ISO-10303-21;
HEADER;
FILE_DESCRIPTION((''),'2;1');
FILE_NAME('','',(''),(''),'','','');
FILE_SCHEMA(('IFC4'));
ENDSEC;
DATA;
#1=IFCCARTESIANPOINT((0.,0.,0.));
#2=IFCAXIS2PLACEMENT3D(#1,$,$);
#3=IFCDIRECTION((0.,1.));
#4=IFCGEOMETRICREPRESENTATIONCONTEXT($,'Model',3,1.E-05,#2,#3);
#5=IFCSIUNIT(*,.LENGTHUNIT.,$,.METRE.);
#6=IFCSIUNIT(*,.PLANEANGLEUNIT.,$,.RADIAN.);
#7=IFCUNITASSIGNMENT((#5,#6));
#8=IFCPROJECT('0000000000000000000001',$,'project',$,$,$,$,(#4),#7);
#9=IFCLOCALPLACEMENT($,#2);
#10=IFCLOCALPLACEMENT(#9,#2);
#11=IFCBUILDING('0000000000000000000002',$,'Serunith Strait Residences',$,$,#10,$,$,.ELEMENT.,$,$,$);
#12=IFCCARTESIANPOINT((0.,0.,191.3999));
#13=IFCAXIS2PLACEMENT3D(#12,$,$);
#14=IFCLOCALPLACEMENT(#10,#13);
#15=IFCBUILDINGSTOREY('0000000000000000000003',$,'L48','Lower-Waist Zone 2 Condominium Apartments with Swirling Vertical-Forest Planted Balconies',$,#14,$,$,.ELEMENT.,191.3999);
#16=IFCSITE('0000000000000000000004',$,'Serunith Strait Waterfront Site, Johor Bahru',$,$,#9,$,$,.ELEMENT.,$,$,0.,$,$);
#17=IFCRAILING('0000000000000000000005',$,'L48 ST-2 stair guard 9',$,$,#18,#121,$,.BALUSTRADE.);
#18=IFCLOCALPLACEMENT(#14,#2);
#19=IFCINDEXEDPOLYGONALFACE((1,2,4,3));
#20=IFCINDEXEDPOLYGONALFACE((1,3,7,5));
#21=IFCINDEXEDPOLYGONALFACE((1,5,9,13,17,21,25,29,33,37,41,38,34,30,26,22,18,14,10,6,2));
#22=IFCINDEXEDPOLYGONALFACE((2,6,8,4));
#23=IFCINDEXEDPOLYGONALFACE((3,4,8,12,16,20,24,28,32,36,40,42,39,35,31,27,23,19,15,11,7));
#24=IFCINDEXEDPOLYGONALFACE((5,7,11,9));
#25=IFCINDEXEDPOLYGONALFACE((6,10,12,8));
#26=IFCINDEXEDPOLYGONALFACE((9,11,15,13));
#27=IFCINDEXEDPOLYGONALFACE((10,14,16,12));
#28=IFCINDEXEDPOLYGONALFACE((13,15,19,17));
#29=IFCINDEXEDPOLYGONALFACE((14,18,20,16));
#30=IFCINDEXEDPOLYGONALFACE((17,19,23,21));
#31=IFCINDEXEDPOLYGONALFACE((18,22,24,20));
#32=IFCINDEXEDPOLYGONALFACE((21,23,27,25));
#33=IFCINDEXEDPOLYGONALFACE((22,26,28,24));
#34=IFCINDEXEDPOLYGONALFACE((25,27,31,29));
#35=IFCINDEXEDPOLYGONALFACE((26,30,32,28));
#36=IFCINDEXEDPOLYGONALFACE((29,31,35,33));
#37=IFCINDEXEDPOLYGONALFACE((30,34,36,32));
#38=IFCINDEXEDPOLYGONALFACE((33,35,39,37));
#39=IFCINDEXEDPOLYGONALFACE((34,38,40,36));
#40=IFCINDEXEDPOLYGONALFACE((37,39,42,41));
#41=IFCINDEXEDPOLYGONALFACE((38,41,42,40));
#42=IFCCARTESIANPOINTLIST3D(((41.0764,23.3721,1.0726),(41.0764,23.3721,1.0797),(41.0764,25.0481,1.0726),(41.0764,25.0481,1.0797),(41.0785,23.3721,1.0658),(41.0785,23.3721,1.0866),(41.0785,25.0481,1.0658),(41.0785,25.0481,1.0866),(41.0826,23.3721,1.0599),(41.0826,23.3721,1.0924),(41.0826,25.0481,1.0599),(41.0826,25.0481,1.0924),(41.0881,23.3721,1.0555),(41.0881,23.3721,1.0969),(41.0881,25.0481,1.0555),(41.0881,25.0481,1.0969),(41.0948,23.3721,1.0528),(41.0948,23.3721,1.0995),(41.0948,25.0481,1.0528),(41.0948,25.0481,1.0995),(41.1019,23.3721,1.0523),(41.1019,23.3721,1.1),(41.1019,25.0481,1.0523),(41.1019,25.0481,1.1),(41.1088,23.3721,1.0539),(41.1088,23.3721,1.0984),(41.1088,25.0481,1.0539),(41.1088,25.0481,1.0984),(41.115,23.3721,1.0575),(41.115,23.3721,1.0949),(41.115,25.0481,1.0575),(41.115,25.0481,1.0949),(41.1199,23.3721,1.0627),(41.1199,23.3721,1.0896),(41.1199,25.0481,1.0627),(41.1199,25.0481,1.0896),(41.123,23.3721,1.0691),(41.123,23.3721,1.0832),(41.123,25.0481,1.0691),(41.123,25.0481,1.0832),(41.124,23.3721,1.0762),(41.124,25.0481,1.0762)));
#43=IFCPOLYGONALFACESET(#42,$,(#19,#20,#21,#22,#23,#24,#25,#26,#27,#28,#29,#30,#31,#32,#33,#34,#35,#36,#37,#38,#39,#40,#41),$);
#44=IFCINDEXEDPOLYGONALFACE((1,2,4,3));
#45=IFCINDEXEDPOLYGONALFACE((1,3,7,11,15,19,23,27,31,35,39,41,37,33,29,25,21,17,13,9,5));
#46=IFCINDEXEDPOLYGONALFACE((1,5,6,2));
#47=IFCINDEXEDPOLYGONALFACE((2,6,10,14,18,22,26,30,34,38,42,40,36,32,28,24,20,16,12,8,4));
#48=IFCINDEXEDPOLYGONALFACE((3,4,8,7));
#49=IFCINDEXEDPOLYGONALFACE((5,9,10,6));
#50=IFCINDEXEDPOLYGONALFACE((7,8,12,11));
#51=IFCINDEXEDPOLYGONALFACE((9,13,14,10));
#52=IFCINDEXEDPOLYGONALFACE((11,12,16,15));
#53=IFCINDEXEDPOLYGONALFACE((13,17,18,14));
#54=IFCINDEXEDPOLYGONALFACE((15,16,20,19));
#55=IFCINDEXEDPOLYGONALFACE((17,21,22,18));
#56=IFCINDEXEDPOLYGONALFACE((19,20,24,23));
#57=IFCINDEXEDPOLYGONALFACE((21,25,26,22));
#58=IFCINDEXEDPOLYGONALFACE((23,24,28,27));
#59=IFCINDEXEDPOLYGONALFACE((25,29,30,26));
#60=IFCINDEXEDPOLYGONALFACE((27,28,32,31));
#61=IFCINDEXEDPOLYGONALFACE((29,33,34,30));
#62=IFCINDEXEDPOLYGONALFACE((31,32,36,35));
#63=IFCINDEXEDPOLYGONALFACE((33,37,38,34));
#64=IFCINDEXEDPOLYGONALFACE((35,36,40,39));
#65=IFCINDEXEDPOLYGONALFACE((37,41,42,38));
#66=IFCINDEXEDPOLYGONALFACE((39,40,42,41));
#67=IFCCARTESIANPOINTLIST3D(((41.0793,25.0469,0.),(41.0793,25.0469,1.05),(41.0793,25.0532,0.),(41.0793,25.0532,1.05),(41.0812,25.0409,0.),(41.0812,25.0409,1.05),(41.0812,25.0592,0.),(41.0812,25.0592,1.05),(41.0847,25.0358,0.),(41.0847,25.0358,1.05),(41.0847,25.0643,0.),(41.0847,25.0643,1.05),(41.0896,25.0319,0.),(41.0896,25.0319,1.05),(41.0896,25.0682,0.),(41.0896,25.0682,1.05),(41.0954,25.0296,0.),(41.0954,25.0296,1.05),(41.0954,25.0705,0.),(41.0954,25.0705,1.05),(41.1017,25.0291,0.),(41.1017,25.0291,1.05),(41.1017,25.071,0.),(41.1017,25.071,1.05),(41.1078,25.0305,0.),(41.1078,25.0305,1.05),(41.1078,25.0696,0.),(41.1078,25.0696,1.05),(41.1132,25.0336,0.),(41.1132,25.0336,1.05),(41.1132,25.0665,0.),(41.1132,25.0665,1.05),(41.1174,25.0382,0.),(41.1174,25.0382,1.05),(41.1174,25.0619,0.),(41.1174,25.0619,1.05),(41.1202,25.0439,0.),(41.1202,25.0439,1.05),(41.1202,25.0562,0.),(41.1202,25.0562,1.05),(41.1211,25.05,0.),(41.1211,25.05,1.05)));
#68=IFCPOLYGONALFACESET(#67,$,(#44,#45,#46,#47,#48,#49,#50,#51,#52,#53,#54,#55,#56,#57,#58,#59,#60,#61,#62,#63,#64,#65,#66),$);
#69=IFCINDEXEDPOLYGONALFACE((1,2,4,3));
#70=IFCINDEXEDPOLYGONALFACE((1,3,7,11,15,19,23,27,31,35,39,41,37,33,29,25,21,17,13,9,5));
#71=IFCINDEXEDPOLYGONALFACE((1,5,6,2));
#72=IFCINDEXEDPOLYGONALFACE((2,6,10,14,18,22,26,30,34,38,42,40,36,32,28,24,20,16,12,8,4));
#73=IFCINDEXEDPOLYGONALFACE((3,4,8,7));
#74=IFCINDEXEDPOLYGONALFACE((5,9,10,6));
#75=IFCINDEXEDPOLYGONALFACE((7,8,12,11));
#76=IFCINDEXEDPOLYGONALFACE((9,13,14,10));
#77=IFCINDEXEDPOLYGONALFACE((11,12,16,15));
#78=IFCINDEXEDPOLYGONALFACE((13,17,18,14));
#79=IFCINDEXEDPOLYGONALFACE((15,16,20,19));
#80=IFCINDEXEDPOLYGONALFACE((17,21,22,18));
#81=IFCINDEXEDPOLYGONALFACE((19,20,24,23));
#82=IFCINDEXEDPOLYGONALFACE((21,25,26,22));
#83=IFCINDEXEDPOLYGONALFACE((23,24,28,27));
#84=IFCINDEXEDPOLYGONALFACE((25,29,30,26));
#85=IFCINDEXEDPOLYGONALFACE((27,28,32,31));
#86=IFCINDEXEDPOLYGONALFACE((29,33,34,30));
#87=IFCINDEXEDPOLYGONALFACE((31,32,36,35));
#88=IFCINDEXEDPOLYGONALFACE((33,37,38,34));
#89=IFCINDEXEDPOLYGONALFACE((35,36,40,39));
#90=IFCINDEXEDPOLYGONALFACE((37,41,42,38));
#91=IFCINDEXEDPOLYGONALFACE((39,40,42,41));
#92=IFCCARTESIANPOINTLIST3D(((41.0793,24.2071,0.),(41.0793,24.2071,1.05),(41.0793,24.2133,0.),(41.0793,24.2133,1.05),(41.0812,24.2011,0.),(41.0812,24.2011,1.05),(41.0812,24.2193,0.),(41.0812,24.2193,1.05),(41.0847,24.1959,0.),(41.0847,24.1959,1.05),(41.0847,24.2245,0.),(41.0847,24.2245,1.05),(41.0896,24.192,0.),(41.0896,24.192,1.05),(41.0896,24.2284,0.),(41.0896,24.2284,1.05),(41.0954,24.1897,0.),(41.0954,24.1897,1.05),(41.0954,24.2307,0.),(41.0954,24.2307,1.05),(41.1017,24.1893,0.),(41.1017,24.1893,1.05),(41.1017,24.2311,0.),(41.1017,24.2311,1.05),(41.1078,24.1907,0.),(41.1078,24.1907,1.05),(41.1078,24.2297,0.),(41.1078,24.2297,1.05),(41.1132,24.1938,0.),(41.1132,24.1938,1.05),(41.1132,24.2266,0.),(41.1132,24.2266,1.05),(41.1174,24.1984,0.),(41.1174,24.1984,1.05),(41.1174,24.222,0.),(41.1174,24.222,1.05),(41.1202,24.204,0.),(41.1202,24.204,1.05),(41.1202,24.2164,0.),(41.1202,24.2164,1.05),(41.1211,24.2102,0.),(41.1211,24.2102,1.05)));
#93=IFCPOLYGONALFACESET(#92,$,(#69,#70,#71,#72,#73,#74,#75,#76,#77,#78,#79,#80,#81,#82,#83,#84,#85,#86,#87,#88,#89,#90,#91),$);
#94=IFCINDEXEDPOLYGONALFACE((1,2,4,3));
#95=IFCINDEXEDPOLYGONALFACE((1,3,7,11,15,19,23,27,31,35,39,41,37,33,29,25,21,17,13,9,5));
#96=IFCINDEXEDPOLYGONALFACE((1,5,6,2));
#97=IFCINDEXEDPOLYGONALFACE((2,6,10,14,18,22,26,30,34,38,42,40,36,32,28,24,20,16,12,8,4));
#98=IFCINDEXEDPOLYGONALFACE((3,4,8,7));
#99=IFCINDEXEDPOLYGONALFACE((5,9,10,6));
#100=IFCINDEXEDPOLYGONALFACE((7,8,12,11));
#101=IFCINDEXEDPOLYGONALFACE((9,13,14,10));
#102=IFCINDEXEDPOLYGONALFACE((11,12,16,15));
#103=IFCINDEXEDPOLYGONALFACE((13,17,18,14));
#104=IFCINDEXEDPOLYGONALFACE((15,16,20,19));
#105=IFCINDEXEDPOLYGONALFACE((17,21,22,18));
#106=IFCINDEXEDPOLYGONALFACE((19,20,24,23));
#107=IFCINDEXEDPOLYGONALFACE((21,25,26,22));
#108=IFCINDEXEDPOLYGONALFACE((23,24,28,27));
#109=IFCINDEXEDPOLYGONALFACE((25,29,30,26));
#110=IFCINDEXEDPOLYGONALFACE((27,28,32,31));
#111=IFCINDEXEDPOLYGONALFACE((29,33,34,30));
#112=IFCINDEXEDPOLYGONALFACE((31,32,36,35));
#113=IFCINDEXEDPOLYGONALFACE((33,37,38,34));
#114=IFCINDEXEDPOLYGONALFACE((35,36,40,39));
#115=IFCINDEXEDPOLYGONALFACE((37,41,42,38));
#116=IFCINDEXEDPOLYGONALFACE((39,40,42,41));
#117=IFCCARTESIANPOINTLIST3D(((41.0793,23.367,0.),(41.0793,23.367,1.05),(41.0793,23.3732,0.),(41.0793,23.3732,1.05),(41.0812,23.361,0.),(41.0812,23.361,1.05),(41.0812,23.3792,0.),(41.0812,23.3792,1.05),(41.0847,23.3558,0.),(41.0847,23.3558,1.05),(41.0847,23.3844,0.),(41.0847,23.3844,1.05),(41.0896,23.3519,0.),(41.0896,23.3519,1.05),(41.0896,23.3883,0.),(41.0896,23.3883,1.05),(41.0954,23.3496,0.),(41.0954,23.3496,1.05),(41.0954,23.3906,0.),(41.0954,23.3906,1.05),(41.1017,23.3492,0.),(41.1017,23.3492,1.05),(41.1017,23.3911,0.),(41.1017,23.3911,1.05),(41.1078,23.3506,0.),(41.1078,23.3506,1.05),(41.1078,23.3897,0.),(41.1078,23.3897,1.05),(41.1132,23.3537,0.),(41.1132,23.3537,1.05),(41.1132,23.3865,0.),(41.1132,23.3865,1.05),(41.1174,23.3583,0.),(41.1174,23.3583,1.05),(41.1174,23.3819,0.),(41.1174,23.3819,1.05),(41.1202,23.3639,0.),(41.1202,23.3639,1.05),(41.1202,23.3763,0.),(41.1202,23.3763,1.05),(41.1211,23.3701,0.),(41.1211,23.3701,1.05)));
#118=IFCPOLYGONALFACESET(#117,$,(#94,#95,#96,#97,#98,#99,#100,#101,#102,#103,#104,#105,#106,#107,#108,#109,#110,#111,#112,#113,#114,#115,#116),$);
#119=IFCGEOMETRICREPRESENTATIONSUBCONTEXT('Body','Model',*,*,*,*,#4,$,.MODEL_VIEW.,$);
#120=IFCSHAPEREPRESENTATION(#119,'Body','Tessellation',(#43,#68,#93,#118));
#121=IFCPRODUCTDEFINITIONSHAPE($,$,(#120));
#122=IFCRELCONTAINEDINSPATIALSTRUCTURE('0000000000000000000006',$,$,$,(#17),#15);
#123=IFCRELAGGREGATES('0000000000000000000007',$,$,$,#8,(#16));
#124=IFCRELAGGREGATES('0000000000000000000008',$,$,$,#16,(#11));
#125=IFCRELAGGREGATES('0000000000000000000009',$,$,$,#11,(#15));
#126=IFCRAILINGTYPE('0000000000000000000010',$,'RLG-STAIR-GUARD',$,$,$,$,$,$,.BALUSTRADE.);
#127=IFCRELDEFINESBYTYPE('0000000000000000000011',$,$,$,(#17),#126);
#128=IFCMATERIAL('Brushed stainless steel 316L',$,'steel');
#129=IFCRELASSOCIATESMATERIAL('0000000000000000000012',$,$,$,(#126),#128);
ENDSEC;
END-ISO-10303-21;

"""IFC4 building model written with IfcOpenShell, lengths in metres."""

from ifc_helpers import new_model, si_unit, direction, frame, origin, origin_2d, place, context, subcontext, project, spatial, circle, extrude, material, type_object, element, save


model = new_model("IFC4")

# Units and contexts
model_context = context("Model", 3, precision=1e-05, world=origin(), true_north=direction((0.0, 1.0)))
body_context = subcontext(model_context, "Body", "Model", "MODEL_VIEW")
ifc_project = project(units=[si_unit("LENGTHUNIT", "METRE"), si_unit("PLANEANGLEUNIT", "RADIAN")], contexts=[model_context])

# Site, building, storey
site_placement = place(None, origin())
site = spatial("IfcSite", under=ifc_project, at=site_placement, Name="Serunith Strait Waterfront Site, Johor Bahru", CompositionType="ELEMENT", RefElevation=0.0)
building_placement = place(site_placement, origin())
building = spatial("IfcBuilding", under=site, at=building_placement, Name="Serunith Strait Residences", CompositionType="ELEMENT")
storey_placement = place(building_placement, frame((0.0, 0.0, 191.3999)))
storey = spatial("IfcBuildingStorey", under=building, at=storey_placement, Name="L48", Description="Lower-Waist Zone 2 Condominium Apartments with Swirling Vertical-Forest Planted Balconies", CompositionType="ELEMENT", Elevation=191.3999)

# Railing
ifc_material_1 = material(Name="Brushed stainless steel 316L", Category="steel")
railing_type = type_object("IfcRailingType", Name="RLG-STAIR-GUARD", PredefinedType="BALUSTRADE", material=ifc_material_1)
for number, where, name in (
    (1, (41.1001, 25.05, 0.0), "L48 ST-2 stair guard 9"),
):
    element("IfcRailing", number, at=place(storey_placement, frame(where)), inside=storey, type_object=railing_type, Name=name, PredefinedType="BALUSTRADE", context=body_context, shape_type="SweptSolid", body=[
        extrude(circle(Radius=0.0239, at=origin_2d()), frame((0.0, -0.002, 1.0762), z_axis=(0.0, -1.0, 0.0), x_axis=(1.0, 0.0, 0.0)), (0.0, 0.0, 1.0), 1.676),
        extrude(circle(Radius=0.021, at=origin_2d()), origin(), (0.0, 0.0, 1.0), 1.05),
        extrude(circle(Radius=0.021, at=origin_2d()), frame((0.0, -0.8398, 0.0)), (0.0, 0.0, 1.0), 1.05),
        extrude(circle(Radius=0.021, at=origin_2d()), frame((0.0, -1.6799, 0.0)), (0.0, 0.0, 1.0), 1.05),
    ])

save(model, "model.ifc")
